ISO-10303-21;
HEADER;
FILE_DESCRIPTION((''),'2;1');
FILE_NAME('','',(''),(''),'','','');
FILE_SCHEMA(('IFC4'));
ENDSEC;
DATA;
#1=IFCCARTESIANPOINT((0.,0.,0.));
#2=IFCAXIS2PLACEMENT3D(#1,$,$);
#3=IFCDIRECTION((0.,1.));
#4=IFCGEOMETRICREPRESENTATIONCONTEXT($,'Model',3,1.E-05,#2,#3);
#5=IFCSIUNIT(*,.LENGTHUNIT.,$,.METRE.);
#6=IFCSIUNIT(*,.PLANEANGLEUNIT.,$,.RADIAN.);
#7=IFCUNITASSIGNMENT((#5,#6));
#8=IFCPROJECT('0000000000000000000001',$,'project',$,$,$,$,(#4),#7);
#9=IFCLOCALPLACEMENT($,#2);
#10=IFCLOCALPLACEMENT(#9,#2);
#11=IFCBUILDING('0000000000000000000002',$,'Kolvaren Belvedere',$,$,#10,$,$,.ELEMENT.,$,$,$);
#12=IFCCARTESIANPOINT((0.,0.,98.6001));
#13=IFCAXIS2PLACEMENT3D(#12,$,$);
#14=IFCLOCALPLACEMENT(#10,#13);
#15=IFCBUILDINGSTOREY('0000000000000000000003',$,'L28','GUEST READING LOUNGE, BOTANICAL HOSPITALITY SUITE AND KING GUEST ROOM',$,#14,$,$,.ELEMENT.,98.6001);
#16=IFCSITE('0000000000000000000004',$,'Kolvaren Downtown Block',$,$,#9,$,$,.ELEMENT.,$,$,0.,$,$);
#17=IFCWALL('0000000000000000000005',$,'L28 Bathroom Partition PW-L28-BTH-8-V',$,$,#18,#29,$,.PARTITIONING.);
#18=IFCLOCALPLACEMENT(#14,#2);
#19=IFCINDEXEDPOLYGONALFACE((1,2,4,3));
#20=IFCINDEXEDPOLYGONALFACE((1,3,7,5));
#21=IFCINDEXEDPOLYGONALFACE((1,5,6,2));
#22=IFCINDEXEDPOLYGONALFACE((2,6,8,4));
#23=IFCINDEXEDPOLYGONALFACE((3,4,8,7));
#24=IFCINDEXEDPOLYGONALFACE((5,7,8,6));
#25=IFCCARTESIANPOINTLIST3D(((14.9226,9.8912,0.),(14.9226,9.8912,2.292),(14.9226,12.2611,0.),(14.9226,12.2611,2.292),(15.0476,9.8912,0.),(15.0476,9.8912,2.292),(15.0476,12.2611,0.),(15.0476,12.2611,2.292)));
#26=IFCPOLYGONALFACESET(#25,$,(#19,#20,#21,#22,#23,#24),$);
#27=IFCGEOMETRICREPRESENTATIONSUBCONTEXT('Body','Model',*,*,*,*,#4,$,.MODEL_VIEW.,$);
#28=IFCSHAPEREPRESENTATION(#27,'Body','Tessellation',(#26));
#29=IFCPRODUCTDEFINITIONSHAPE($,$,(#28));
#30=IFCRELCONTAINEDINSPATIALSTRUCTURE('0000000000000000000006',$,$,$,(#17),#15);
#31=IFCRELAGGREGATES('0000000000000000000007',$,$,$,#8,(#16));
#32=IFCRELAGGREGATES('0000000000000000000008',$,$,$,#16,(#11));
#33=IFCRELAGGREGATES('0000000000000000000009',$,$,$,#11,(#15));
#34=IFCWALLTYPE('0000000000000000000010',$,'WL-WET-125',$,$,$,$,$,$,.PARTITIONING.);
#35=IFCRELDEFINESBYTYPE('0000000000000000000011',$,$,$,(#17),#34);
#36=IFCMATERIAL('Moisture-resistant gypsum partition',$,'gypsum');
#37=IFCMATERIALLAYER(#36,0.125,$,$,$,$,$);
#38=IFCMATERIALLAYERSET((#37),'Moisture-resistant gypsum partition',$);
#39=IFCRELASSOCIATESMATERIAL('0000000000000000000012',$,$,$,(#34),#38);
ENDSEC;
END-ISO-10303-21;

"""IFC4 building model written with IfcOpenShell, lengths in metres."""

from ifc_helpers import new_model, si_unit, direction, frame, frame_2d, origin, place, context, subcontext, project, spatial, rectangle, extrude, material, layer, layer_set, type_object, element, save


model = new_model("IFC4")

# Units and contexts
model_context = context("Model", 3, precision=1e-05, world=origin(), true_north=direction((0.0, 1.0)))
body_context = subcontext(model_context, "Body", "Model", "MODEL_VIEW")
ifc_project = project(units=[si_unit("LENGTHUNIT", "METRE"), si_unit("PLANEANGLEUNIT", "RADIAN")], contexts=[model_context])

# Site, building, storey
site_placement = place(None, origin())
site = spatial("IfcSite", under=ifc_project, at=site_placement, Name="Kolvaren Downtown Block", CompositionType="ELEMENT", RefElevation=0.0)
building_placement = place(site_placement, origin())
building = spatial("IfcBuilding", under=site, at=building_placement, Name="Kolvaren Belvedere", CompositionType="ELEMENT")
storey_placement = place(building_placement, frame((0.0, 0.0, 98.6001)))
storey = spatial("IfcBuildingStorey", under=building, at=storey_placement, Name="L28", Description="GUEST READING LOUNGE, BOTANICAL HOSPITALITY SUITE AND KING GUEST ROOM", CompositionType="ELEMENT", Elevation=98.6001)

# Shared definitions
ifc_material_1 = material(Name="Moisture-resistant gypsum partition", Category="gypsum")
ifc_layer_1 = layer(ifc_material_1, 0.125)
ifc_layer_set_1 = layer_set([ifc_layer_1], Name="Moisture-resistant gypsum partition")
wall_type_1 = type_object("IfcWallType", Name="WL-WET-125", PredefinedType="PARTITIONING", material=ifc_layer_set_1)

# Wall
wall_1_placement = place(storey_placement, frame((14.9851, 9.8911, 0.0), z_axis=(0.0, 0.0, 1.0), x_axis=(0.0, 1.0, 0.0)))
element("IfcWall", 1, at=wall_1_placement, inside=storey, type_object=wall_type_1, Name="L28 Bathroom Partition PW-L28-BTH-8-V", PredefinedType="PARTITIONING", context=body_context, shape_type="SweptSolid", body=[
    extrude(rectangle(XDim=2.3699, YDim=0.125, at=frame_2d((1.1851, 0.0))), origin(), (0.0, 0.0, 1.0), 2.292),
])

save(model, "model.ifc")
